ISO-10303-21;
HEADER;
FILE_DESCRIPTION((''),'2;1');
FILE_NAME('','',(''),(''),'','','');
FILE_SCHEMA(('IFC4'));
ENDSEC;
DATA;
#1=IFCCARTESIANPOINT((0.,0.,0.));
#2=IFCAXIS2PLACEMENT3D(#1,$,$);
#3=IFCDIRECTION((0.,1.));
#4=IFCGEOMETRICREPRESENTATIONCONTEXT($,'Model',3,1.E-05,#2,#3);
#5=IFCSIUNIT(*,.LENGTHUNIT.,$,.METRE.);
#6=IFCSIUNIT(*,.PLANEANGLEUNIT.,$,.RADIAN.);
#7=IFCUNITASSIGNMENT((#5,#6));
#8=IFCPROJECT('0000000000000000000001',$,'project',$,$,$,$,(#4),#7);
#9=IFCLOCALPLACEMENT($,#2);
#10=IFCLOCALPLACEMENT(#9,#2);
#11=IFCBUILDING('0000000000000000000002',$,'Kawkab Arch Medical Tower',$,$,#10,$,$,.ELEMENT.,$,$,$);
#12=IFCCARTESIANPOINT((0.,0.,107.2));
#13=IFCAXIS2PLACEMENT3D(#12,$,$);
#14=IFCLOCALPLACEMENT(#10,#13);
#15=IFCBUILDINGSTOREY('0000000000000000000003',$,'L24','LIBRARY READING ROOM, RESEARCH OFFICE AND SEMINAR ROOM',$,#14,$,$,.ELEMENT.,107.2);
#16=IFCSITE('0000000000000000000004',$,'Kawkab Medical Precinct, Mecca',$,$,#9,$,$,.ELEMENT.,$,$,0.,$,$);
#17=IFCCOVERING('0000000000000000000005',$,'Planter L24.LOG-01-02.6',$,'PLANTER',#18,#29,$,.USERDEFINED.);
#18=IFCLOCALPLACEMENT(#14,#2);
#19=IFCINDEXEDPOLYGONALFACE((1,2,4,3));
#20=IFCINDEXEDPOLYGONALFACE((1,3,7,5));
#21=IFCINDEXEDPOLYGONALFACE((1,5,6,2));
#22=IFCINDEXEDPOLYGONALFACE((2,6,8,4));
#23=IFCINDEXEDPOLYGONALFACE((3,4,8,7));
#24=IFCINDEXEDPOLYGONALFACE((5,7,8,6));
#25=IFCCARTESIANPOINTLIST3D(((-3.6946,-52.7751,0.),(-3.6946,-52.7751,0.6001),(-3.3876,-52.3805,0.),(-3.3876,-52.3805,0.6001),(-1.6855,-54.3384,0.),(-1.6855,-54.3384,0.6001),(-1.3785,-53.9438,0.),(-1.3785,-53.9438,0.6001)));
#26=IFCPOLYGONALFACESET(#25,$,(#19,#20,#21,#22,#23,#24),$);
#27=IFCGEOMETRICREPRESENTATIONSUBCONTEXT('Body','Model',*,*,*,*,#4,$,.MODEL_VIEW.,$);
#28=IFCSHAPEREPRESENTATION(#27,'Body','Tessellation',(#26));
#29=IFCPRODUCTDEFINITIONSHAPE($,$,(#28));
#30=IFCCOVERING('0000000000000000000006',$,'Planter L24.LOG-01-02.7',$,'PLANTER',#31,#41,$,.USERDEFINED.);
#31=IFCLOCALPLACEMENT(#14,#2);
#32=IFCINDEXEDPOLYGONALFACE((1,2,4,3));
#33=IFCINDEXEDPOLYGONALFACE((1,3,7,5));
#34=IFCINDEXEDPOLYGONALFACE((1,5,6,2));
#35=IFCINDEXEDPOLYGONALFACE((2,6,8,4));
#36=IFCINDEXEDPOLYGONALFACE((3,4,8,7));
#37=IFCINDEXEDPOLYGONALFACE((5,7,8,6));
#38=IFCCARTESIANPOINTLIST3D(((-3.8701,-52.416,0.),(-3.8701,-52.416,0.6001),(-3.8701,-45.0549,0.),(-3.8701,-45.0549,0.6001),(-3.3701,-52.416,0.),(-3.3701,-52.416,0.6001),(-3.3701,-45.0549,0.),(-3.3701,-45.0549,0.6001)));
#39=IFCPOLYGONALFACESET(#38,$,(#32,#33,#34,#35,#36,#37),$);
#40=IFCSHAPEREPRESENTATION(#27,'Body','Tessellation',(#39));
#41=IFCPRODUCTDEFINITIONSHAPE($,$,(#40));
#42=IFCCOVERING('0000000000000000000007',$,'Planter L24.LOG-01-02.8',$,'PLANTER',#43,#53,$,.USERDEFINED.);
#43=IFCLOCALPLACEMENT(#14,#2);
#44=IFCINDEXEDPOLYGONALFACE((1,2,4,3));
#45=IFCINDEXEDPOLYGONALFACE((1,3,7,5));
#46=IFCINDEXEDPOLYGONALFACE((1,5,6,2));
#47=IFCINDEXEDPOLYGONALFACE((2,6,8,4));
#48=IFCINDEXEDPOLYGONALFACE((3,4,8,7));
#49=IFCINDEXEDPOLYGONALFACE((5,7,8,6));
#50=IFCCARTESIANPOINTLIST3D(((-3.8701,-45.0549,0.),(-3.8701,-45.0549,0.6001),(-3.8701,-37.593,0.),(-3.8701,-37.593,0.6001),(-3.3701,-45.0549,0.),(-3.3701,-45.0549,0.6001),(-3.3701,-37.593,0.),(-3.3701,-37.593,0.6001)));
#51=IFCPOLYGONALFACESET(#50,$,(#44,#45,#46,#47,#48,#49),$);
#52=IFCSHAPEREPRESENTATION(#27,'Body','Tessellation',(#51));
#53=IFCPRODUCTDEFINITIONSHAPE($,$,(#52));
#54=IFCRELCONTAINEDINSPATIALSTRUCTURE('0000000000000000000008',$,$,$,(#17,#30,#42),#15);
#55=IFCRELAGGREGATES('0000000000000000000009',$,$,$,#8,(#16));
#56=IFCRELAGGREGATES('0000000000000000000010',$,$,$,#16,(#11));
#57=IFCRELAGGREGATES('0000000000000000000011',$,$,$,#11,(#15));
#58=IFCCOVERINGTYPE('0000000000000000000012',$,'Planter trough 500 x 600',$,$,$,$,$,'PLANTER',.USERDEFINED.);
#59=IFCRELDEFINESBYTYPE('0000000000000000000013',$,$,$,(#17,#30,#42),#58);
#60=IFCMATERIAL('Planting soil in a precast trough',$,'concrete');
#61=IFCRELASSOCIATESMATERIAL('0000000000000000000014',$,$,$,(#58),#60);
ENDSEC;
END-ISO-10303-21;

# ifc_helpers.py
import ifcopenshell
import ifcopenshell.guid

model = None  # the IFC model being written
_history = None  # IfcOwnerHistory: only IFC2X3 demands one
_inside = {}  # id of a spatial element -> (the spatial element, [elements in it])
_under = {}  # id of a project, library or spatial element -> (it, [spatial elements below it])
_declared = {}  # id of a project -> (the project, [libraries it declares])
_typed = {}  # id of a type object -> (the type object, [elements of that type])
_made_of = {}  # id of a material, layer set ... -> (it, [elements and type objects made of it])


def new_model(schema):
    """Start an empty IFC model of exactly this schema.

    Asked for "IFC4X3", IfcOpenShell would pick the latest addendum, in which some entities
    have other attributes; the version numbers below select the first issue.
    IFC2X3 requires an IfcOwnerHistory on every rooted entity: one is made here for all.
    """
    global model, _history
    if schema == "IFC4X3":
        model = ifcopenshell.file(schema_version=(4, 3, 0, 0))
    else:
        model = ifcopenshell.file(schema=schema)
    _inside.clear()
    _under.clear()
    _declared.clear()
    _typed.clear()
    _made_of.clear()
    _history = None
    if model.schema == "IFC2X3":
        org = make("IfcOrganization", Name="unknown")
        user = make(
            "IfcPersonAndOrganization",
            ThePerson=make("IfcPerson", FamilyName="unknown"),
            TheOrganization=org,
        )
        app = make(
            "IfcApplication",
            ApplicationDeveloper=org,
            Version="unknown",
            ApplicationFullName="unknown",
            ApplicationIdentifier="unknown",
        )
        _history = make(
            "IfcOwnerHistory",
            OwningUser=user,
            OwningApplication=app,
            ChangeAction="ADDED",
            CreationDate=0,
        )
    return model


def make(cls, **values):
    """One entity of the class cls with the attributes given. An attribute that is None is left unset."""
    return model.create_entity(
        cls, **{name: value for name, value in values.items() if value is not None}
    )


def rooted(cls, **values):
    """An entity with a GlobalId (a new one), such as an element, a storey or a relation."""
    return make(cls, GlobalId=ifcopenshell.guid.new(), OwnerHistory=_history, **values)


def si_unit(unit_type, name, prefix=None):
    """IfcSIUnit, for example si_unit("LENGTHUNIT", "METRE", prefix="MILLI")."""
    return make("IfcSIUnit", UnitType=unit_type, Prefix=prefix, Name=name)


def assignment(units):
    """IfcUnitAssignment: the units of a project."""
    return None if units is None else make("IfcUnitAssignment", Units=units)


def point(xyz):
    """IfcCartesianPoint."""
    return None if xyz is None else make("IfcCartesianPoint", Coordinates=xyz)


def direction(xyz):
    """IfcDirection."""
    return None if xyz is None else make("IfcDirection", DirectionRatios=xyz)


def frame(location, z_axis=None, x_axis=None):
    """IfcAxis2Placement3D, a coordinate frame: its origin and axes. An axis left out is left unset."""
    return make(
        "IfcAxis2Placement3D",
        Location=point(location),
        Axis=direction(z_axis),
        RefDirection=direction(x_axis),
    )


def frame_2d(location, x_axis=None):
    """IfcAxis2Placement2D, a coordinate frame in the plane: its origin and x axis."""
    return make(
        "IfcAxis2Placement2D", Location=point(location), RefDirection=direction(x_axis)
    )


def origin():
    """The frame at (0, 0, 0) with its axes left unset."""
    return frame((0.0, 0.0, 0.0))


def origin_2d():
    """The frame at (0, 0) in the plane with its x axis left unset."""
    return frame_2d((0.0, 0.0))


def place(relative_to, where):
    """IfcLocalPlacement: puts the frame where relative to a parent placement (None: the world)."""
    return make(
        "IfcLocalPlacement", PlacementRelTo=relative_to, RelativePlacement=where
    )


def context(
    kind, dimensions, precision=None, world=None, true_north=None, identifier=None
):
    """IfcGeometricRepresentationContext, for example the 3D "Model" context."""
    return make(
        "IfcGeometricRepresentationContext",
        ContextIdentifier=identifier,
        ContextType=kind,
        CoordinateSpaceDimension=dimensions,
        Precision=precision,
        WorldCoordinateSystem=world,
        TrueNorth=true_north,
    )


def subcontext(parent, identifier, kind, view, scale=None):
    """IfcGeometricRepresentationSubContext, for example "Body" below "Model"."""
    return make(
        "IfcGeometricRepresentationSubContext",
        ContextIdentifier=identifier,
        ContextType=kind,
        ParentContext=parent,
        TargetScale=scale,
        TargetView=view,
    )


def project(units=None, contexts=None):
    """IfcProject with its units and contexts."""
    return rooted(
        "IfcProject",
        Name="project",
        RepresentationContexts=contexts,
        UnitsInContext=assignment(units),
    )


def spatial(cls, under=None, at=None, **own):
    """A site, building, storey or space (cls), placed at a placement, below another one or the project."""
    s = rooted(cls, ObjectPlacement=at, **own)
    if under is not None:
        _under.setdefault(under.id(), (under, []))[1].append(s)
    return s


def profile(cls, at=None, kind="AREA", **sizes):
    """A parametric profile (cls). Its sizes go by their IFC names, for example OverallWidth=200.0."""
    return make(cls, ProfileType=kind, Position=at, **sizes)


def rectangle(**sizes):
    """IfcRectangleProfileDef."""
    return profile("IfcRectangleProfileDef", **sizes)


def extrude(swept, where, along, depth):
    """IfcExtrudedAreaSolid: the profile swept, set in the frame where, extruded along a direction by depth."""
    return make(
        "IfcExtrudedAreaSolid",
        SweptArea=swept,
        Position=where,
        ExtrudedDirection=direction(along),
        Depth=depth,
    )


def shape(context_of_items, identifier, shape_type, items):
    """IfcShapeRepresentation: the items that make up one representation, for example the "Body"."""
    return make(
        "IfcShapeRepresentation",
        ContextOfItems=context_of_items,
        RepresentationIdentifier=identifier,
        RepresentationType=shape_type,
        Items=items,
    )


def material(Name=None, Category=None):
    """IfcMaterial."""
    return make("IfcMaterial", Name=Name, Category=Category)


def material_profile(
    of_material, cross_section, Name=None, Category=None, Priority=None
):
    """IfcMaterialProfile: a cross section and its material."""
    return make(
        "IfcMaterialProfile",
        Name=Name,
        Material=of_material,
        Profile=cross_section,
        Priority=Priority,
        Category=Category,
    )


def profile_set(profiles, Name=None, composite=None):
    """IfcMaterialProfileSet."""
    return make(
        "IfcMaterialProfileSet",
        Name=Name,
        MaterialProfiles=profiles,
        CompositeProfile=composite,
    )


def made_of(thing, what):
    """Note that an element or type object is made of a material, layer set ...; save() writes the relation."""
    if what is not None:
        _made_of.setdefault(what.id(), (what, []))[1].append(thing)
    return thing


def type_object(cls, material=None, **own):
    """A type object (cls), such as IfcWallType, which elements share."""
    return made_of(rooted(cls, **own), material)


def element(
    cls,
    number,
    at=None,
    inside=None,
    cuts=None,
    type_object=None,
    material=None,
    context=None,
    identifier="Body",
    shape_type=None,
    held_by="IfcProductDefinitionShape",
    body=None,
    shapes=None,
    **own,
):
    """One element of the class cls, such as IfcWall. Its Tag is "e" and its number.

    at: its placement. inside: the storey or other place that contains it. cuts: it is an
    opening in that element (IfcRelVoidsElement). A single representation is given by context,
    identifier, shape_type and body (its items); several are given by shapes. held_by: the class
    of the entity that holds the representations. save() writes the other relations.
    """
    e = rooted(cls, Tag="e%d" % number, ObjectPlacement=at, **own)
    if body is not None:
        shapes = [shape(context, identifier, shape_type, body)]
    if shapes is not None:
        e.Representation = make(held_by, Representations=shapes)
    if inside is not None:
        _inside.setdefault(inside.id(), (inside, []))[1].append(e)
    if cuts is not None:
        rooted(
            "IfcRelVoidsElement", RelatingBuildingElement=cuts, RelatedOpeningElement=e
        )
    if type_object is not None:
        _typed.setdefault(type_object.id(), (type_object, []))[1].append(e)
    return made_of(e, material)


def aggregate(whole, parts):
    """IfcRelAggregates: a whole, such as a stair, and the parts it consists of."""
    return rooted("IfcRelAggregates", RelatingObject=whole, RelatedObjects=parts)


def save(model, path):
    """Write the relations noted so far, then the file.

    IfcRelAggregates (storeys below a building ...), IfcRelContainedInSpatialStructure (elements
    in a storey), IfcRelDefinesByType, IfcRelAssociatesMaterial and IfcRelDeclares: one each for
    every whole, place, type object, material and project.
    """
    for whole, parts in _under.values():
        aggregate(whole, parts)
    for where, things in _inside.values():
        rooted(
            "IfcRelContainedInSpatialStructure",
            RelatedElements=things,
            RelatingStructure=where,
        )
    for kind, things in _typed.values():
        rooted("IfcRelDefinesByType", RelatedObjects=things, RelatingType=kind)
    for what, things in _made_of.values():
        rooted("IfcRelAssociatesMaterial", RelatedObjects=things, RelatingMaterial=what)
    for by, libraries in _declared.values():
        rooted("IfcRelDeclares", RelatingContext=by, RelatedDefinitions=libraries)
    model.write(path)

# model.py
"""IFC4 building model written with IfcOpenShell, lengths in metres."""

from ifc_helpers import new_model, si_unit, direction, frame, origin, origin_2d, place, context, subcontext, project, spatial, rectangle, extrude, material, material_profile, profile_set, type_object, element, save


model = new_model("IFC4")

# Units and contexts
model_context = context("Model", 3, precision=1e-05, world=origin(), true_north=direction((0.0, 1.0)))
body_context = subcontext(model_context, "Body", "Model", "MODEL_VIEW")
ifc_project = project(units=[si_unit("LENGTHUNIT", "METRE"), si_unit("PLANEANGLEUNIT", "RADIAN")], contexts=[model_context])

# Site, building, storey
site_placement = place(None, origin())
site = spatial("IfcSite", under=ifc_project, at=site_placement, Name="Kawkab Medical Precinct, Mecca", CompositionType="ELEMENT", RefElevation=0.0)
building_placement = place(site_placement, origin())
building = spatial("IfcBuilding", under=site, at=building_placement, Name="Kawkab Arch Medical Tower", CompositionType="ELEMENT")
storey_placement = place(building_placement, frame((0.0, 0.0, 107.2)))
storey = spatial("IfcBuildingStorey", under=building, at=storey_placement, Name="L24", Description="LIBRARY READING ROOM, RESEARCH OFFICE AND SEMINAR ROOM", CompositionType="ELEMENT", Elevation=107.2)

# Coverings
ifc_material_1 = material(Name="Planting soil in a precast trough", Category="concrete")
ifc_material_profile_1 = material_profile(ifc_material_1, rectangle(XDim=0.5, YDim=0.6001, at=origin_2d()), Name="Trough 500x600")
ifc_profile_set_1 = profile_set([ifc_material_profile_1], Name="Planting soil in a precast trough")
covering_type_1 = type_object("IfcCoveringType", Name="Planter trough 500 x 600", ElementType="PLANTER", PredefinedType="USERDEFINED", material=ifc_profile_set_1)
covering_1_placement = place(storey_placement, frame((-1.532, -54.1411, 0.3), z_axis=(-0.789228, 0.6141, 0.0), x_axis=(-0.6141, -0.789228, 0.0)))
element("IfcCovering", 1, at=covering_1_placement, inside=storey, type_object=covering_type_1, Name="Planter L24.LOG-01-02.6", ObjectType="PLANTER", PredefinedType="USERDEFINED", context=body_context, shape_type="SweptSolid", body=[
    extrude(rectangle(XDim=0.5, YDim=0.6001, at=origin_2d()), origin(), (0.0, 0.0, 1.0), 2.5457),
])
covering_2_placement = place(storey_placement, frame((-3.6201, -52.416, 0.3), z_axis=(0.0, 1.0, 0.0), x_axis=(-1.0, 0.0, 0.0)))
element("IfcCovering", 2, at=covering_2_placement, inside=storey, type_object=covering_type_1, Name="Planter L24.LOG-01-02.7", ObjectType="PLANTER", PredefinedType="USERDEFINED", context=body_context, shape_type="SweptSolid", body=[
    extrude(rectangle(XDim=0.5, YDim=0.6001, at=origin_2d()), origin(), (0.0, 0.0, 1.0), 7.3611),
])
covering_3_placement = place(storey_placement, frame((-3.6201, -45.0549, 0.3), z_axis=(0.0, 1.0, 0.0), x_axis=(-1.0, 0.0, 0.0)))
element("IfcCovering", 3, at=covering_3_placement, inside=storey, type_object=covering_type_1, Name="Planter L24.LOG-01-02.8", ObjectType="PLANTER", PredefinedType="USERDEFINED", context=body_context, shape_type="SweptSolid", body=[
    extrude(rectangle(XDim=0.5, YDim=0.6001, at=origin_2d()), origin(), (0.0, 0.0, 1.0), 7.4619),
])

save(model, "model.ifc")
